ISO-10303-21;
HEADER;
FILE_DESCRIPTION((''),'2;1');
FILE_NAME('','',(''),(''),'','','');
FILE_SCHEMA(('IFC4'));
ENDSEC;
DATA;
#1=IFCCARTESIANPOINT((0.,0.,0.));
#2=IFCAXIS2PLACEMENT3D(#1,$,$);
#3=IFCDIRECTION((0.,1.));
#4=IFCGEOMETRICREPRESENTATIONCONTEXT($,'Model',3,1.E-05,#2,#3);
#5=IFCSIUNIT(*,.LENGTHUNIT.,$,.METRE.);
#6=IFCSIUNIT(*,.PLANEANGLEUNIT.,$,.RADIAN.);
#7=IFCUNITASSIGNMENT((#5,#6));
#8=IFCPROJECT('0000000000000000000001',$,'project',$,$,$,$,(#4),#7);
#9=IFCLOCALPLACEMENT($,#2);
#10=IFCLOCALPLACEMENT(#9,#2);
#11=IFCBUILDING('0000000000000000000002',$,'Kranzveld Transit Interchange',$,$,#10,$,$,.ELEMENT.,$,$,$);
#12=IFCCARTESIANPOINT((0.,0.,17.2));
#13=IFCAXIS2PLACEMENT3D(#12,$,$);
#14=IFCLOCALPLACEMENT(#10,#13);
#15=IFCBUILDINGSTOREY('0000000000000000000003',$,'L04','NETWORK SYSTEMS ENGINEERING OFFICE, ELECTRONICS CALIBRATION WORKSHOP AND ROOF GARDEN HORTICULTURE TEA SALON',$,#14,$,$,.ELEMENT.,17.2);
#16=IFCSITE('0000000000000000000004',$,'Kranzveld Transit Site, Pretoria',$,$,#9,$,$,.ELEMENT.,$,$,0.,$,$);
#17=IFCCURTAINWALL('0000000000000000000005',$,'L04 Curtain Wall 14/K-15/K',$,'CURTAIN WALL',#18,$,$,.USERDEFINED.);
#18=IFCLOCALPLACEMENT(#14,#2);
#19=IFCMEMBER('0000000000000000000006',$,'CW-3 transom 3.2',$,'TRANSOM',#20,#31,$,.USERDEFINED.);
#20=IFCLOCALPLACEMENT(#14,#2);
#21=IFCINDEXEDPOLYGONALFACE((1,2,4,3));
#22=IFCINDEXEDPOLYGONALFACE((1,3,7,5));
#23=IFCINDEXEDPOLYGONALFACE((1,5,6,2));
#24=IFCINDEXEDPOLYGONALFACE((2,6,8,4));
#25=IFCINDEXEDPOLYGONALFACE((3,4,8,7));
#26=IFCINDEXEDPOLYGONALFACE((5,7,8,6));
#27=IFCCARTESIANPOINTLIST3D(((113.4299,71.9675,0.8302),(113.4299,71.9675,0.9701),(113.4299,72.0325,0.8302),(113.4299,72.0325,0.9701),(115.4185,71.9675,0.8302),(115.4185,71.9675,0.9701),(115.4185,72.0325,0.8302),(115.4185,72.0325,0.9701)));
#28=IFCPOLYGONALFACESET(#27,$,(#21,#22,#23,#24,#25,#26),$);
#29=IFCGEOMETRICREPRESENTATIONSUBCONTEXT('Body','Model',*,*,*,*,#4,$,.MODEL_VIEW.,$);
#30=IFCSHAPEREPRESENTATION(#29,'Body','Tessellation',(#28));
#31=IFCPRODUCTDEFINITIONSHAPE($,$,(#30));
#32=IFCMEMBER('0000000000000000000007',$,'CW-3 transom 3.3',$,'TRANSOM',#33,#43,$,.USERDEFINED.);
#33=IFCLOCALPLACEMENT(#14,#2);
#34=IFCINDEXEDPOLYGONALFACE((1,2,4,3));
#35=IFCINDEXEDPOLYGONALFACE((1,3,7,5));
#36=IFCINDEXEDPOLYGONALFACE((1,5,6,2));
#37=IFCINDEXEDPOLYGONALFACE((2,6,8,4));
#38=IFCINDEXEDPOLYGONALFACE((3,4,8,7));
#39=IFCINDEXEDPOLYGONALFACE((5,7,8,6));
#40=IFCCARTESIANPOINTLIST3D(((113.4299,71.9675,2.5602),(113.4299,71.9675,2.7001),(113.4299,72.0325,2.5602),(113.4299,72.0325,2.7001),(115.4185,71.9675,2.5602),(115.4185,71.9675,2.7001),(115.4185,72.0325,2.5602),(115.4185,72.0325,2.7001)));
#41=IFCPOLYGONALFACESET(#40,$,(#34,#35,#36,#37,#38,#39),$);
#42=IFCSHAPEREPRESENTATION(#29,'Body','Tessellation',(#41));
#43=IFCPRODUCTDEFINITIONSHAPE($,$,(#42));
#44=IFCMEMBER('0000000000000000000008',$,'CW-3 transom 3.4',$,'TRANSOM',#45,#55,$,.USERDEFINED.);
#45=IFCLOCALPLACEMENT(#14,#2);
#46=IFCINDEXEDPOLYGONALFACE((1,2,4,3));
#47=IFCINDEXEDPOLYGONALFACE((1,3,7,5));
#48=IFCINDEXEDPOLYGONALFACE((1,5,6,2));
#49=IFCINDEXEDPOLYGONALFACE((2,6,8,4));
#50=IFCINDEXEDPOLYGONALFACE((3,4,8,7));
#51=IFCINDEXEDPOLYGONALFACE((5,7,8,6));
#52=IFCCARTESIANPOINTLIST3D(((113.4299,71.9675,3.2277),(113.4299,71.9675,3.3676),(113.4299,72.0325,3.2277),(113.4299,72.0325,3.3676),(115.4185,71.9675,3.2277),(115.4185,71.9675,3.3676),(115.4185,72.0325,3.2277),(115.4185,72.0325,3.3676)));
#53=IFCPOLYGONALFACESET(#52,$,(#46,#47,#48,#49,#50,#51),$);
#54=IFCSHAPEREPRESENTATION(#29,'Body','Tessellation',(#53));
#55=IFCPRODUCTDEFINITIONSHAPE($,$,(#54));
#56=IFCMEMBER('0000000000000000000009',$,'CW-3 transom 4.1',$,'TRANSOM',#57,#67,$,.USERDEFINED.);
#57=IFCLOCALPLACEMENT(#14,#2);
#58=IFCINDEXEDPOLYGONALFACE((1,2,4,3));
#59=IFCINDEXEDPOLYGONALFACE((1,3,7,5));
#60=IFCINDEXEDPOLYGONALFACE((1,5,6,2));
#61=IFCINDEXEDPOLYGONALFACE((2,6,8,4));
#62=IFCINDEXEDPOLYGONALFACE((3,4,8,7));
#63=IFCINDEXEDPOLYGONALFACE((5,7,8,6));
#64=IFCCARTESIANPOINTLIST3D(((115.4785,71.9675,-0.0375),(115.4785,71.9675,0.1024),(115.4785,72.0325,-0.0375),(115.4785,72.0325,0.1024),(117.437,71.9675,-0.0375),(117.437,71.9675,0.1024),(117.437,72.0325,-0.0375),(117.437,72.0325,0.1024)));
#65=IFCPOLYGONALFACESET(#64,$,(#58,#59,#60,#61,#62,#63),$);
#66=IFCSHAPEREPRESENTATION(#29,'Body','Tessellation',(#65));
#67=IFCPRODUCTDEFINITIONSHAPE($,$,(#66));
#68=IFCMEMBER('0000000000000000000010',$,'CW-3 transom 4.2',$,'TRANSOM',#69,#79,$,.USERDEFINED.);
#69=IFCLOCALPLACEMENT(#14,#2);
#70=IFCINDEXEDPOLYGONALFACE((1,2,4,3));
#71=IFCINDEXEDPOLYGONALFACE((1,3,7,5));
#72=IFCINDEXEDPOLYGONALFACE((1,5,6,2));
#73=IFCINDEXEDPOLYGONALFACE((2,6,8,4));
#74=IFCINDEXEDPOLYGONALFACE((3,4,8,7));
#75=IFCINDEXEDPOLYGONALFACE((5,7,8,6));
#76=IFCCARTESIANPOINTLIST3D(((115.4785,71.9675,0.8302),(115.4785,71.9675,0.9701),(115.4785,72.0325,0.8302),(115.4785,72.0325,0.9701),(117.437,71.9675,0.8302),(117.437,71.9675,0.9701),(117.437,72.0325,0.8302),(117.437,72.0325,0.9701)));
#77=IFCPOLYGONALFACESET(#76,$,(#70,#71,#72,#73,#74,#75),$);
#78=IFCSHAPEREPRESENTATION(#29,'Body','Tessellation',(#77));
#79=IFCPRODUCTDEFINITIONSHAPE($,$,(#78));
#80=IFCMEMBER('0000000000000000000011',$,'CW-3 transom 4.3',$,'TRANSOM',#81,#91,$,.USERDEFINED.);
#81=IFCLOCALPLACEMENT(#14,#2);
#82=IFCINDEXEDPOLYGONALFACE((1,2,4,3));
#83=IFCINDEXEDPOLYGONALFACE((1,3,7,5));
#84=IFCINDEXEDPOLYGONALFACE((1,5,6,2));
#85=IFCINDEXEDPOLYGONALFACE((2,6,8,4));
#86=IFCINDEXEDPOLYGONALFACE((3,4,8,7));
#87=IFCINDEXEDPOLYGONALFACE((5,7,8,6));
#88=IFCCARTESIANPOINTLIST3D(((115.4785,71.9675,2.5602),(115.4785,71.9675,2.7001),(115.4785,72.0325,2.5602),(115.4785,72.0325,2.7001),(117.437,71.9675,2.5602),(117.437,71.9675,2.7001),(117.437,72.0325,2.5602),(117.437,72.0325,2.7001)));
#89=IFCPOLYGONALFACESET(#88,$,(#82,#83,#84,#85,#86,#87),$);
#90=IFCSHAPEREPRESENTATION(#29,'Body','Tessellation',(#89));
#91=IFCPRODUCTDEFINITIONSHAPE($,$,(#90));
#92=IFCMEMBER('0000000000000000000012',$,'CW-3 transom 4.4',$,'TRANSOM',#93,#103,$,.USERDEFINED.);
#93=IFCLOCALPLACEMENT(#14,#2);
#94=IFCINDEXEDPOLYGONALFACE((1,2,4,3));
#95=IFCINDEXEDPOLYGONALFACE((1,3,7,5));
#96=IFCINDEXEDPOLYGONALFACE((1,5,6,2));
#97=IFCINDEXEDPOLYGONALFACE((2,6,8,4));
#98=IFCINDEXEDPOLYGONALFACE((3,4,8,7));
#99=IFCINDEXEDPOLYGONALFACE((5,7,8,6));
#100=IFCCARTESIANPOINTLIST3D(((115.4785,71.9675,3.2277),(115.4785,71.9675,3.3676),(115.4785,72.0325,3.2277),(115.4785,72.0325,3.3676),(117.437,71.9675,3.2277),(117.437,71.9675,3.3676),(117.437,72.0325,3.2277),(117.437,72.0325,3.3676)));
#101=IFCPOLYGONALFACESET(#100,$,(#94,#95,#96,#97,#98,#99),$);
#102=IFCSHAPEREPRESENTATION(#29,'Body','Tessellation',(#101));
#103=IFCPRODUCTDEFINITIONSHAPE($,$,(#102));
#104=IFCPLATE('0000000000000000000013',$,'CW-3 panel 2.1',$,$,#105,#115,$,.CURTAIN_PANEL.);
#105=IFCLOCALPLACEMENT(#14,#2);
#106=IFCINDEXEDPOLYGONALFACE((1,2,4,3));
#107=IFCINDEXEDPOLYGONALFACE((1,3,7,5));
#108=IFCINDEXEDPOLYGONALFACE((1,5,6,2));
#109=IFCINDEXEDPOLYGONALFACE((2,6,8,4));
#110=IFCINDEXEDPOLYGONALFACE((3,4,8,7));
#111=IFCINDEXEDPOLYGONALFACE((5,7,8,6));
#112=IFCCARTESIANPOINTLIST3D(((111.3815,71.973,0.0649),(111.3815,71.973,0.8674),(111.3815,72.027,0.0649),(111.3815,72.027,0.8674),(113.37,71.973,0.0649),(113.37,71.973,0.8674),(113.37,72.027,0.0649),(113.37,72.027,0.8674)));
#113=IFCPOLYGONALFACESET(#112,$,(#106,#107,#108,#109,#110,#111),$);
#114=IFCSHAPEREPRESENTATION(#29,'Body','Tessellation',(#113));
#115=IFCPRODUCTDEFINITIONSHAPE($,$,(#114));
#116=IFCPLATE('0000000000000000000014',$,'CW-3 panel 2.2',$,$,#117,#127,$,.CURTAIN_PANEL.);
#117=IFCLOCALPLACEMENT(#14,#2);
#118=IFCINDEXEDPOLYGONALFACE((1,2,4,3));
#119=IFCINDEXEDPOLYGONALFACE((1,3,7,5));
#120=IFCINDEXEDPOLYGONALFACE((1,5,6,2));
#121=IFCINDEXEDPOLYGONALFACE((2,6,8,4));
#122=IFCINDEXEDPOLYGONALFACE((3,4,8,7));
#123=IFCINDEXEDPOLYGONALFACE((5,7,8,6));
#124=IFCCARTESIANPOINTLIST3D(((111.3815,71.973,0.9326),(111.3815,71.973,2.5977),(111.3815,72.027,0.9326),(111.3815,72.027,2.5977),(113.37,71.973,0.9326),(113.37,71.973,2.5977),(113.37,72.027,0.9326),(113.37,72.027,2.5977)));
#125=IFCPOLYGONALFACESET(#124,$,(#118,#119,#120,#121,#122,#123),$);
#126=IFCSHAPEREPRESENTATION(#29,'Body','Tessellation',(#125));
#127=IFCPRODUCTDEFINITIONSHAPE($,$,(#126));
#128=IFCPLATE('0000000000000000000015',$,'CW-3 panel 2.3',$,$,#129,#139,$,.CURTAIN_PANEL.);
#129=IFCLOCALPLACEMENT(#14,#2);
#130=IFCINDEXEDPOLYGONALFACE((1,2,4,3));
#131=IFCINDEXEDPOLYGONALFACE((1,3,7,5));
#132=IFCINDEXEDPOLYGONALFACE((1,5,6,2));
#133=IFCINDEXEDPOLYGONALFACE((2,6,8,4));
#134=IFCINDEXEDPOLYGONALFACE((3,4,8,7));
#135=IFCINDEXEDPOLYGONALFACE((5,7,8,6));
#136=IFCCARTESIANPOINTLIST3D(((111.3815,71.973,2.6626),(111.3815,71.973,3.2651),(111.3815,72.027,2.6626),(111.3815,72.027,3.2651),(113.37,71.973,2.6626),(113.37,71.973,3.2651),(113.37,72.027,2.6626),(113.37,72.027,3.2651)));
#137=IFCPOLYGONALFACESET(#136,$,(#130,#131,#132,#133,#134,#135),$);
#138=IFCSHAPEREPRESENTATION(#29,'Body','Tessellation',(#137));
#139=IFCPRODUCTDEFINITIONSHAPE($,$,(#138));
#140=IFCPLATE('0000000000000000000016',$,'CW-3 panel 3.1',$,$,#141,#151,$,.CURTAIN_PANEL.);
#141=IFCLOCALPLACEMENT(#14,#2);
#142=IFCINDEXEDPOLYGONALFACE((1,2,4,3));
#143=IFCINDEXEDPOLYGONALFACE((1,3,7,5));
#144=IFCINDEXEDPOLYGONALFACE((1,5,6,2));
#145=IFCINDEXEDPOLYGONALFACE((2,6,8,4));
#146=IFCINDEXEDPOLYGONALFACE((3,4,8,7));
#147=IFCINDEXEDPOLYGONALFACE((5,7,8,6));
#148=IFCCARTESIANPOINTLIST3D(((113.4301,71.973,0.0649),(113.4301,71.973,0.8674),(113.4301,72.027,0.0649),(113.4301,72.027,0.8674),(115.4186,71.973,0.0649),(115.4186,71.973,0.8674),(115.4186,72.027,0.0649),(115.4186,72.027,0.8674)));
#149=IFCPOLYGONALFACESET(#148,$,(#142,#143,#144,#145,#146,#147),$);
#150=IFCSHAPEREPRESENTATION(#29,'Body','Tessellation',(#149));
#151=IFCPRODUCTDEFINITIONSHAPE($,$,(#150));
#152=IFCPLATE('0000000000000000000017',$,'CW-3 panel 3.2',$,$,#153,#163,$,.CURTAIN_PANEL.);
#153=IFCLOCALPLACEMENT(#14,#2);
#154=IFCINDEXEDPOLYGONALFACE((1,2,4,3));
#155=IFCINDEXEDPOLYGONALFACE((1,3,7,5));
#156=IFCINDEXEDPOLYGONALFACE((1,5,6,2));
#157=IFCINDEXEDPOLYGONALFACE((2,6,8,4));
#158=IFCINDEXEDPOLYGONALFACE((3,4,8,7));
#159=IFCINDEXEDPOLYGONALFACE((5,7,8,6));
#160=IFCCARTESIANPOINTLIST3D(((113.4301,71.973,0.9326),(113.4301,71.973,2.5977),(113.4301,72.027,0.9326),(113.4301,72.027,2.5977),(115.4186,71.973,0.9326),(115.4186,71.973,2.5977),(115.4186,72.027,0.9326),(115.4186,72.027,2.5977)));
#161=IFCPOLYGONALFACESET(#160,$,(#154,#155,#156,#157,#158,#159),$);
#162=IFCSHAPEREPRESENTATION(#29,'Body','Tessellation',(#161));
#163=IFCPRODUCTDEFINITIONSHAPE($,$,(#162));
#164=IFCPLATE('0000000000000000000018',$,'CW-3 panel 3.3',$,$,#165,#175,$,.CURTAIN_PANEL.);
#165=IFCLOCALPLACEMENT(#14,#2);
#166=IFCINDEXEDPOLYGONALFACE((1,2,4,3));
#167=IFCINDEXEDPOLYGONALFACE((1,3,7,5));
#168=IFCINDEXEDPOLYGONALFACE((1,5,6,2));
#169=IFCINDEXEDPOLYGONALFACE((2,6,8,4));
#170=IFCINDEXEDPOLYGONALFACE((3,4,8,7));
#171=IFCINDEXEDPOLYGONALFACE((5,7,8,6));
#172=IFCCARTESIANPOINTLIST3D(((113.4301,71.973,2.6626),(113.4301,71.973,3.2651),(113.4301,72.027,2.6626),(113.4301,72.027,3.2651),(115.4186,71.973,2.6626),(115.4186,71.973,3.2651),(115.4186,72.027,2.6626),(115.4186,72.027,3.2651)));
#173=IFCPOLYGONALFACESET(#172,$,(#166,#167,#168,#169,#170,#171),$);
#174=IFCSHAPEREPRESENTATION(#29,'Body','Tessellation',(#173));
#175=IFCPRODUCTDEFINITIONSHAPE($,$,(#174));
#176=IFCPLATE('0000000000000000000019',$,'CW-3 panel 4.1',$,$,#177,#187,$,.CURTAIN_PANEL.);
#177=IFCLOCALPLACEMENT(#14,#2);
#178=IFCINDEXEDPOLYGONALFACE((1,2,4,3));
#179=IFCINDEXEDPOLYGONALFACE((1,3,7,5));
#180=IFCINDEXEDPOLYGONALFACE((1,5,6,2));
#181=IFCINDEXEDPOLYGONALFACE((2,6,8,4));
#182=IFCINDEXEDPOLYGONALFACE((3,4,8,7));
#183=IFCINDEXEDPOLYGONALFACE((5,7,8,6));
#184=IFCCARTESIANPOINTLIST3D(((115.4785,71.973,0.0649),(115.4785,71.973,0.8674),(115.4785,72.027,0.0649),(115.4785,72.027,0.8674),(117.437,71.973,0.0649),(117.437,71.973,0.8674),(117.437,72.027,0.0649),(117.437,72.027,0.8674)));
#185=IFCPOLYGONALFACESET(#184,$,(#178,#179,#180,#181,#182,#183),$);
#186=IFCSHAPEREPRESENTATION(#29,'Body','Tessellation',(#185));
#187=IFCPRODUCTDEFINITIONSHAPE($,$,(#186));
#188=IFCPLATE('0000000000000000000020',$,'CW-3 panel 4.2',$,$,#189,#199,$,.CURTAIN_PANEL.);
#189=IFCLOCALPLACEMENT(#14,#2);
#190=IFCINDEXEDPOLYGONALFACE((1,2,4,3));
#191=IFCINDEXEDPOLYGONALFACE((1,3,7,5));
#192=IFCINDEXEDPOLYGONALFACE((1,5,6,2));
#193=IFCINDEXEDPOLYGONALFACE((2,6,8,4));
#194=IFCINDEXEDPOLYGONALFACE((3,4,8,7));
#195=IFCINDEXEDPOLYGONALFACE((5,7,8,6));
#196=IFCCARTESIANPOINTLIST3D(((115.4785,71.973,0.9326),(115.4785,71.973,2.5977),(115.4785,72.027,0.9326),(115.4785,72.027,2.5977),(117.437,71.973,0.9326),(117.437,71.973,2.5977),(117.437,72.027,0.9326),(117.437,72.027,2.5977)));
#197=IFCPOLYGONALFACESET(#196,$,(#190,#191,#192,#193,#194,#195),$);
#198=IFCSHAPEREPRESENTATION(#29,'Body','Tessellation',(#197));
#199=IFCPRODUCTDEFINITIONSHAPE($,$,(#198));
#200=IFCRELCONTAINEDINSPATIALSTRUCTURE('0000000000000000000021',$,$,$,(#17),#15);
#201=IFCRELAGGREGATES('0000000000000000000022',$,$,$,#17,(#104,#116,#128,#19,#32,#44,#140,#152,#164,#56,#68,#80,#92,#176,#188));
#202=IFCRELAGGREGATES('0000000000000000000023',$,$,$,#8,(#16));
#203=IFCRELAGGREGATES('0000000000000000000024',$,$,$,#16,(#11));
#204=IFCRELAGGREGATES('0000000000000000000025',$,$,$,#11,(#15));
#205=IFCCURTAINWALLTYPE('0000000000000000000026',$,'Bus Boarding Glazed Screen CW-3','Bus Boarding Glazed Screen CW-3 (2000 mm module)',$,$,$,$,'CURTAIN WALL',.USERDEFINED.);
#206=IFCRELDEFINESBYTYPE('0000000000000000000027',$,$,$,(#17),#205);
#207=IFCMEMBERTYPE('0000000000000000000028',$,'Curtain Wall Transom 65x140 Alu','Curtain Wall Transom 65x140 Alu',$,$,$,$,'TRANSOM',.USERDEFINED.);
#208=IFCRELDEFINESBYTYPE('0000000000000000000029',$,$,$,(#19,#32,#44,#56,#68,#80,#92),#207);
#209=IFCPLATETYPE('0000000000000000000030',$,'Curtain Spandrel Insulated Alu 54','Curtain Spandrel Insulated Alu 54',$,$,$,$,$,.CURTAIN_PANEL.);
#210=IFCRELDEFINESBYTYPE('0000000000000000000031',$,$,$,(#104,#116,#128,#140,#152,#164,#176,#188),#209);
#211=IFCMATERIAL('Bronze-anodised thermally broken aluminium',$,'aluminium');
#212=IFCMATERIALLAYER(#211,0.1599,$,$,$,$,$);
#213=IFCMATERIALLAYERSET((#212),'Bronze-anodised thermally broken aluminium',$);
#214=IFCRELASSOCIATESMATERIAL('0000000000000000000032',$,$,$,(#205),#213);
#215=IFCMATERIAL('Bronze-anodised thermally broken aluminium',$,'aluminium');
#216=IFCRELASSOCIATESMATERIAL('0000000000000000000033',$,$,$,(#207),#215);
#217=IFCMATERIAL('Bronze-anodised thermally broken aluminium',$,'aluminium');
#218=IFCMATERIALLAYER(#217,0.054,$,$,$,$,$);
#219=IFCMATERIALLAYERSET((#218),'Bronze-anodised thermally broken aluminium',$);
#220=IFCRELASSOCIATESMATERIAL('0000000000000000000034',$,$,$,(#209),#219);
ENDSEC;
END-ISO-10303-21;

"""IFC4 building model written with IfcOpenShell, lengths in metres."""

from ifc_helpers import new_model, si_unit, direction, frame, origin, origin_2d, place, context, subcontext, project, spatial, rectangle, extrude, material, layer, layer_set, material_profile, profile_set, type_object, element, aggregate, save


model = new_model("IFC4")

# Units and contexts
model_context = context("Model", 3, precision=1e-05, world=origin(), true_north=direction((0.0, 1.0)))
body_context = subcontext(model_context, "Body", "Model", "MODEL_VIEW")
ifc_project = project(units=[si_unit("LENGTHUNIT", "METRE"), si_unit("PLANEANGLEUNIT", "RADIAN")], contexts=[model_context])

# Site, building, storey
site_placement = place(None, origin())
site = spatial("IfcSite", under=ifc_project, at=site_placement, Name="Kranzveld Transit Site, Pretoria", CompositionType="ELEMENT", RefElevation=0.0)
building_placement = place(site_placement, origin())
building = spatial("IfcBuilding", under=site, at=building_placement, Name="Kranzveld Transit Interchange", CompositionType="ELEMENT")
storey_placement = place(building_placement, frame((0.0, 0.0, 17.2)))
storey = spatial("IfcBuildingStorey", under=building, at=storey_placement, Name="L04", Description="NETWORK SYSTEMS ENGINEERING OFFICE, ELECTRONICS CALIBRATION WORKSHOP AND ROOF GARDEN HORTICULTURE TEA SALON", CompositionType="ELEMENT", Elevation=17.2)

# Curtain wall, members, plates
ifc_material_1 = material(Name="Bronze-anodised thermally broken aluminium", Category="aluminium")
ifc_layer_1 = layer(ifc_material_1, 0.1599)
ifc_layer_set_1 = layer_set([ifc_layer_1], Name="Bronze-anodised thermally broken aluminium")
curtain_wall_type = type_object("IfcCurtainWallType", Name="Bus Boarding Glazed Screen CW-3", Description="Bus Boarding Glazed Screen CW-3 (2000 mm module)", ElementType="CURTAIN WALL", PredefinedType="USERDEFINED", material=ifc_layer_set_1)
curtain_wall_placement = place(storey_placement, origin())
curtain_wall = element("IfcCurtainWall", 1, at=curtain_wall_placement, inside=storey, type_object=curtain_wall_type, Name="L04 Curtain Wall 14/K-15/K", ObjectType="CURTAIN WALL", PredefinedType="USERDEFINED")
ifc_material_2 = material(Name="Bronze-anodised thermally broken aluminium", Category="aluminium")
ifc_material_profile_1 = material_profile(ifc_material_2, rectangle(XDim=0.0649, YDim=0.1399, at=origin_2d()), Name="ALU TRANSOM 65x140")
ifc_profile_set_1 = profile_set([ifc_material_profile_1], Name="Bronze-anodised thermally broken aluminium")
member_type_1 = type_object("IfcMemberType", Name="Curtain Wall Transom 65x140 Alu", Description="Curtain Wall Transom 65x140 Alu", ElementType="TRANSOM", PredefinedType="USERDEFINED", material=ifc_profile_set_1)
member_1_placement = place(storey_placement, frame((113.4299, 72.0, 0.9001), z_axis=(1.0, 0.0, 0.0), x_axis=(0.0, 1.0, 0.0)))
member_1 = element("IfcMember", 2, at=member_1_placement, type_object=member_type_1, Name="CW-3 transom 3.2", ObjectType="TRANSOM", PredefinedType="USERDEFINED", context=body_context, shape_type="SweptSolid", body=[
    extrude(rectangle(XDim=0.0649, YDim=0.1399, at=origin_2d()), origin(), (0.0, 0.0, 1.0), 1.9885),
])
member_2_placement = place(storey_placement, frame((113.4299, 72.0, 2.6301), z_axis=(1.0, 0.0, 0.0), x_axis=(0.0, 1.0, 0.0)))
member_2 = element("IfcMember", 3, at=member_2_placement, type_object=member_type_1, Name="CW-3 transom 3.3", ObjectType="TRANSOM", PredefinedType="USERDEFINED", context=body_context, shape_type="SweptSolid", body=[
    extrude(rectangle(XDim=0.0649, YDim=0.1399, at=origin_2d()), origin(), (0.0, 0.0, 1.0), 1.9885),
])
member_3_placement = place(storey_placement, frame((113.4299, 72.0, 3.2976), z_axis=(1.0, 0.0, 0.0), x_axis=(0.0, 1.0, 0.0)))
member_3 = element("IfcMember", 4, at=member_3_placement, type_object=member_type_1, Name="CW-3 transom 3.4", ObjectType="TRANSOM", PredefinedType="USERDEFINED", context=body_context, shape_type="SweptSolid", body=[
    extrude(rectangle(XDim=0.0649, YDim=0.1399, at=origin_2d()), origin(), (0.0, 0.0, 1.0), 1.9885),
])
member_4_placement = place(storey_placement, frame((115.4785, 72.0, 0.0325), z_axis=(1.0, 0.0, 0.0), x_axis=(0.0, 1.0, 0.0)))
member_4 = element("IfcMember", 5, at=member_4_placement, type_object=member_type_1, Name="CW-3 transom 4.1", ObjectType="TRANSOM", PredefinedType="USERDEFINED", context=body_context, shape_type="SweptSolid", body=[
    extrude(rectangle(XDim=0.0649, YDim=0.1399, at=origin_2d()), origin(), (0.0, 0.0, 1.0), 1.9585),
])
member_5_placement = place(storey_placement, frame((115.4785, 72.0, 0.9001), z_axis=(1.0, 0.0, 0.0), x_axis=(0.0, 1.0, 0.0)))
member_5 = element("IfcMember", 6, at=member_5_placement, type_object=member_type_1, Name="CW-3 transom 4.2", ObjectType="TRANSOM", PredefinedType="USERDEFINED", context=body_context, shape_type="SweptSolid", body=[
    extrude(rectangle(XDim=0.0649, YDim=0.1399, at=origin_2d()), origin(), (0.0, 0.0, 1.0), 1.9585),
])
member_6_placement = place(storey_placement, frame((115.4785, 72.0, 2.6301), z_axis=(1.0, 0.0, 0.0), x_axis=(0.0, 1.0, 0.0)))
member_6 = element("IfcMember", 7, at=member_6_placement, type_object=member_type_1, Name="CW-3 transom 4.3", ObjectType="TRANSOM", PredefinedType="USERDEFINED", context=body_context, shape_type="SweptSolid", body=[
    extrude(rectangle(XDim=0.0649, YDim=0.1399, at=origin_2d()), origin(), (0.0, 0.0, 1.0), 1.9585),
])
member_7_placement = place(storey_placement, frame((115.4785, 72.0, 3.2976), z_axis=(1.0, 0.0, 0.0), x_axis=(0.0, 1.0, 0.0)))
member_7 = element("IfcMember", 8, at=member_7_placement, type_object=member_type_1, Name="CW-3 transom 4.4", ObjectType="TRANSOM", PredefinedType="USERDEFINED", context=body_context, shape_type="SweptSolid", body=[
    extrude(rectangle(XDim=0.0649, YDim=0.1399, at=origin_2d()), origin(), (0.0, 0.0, 1.0), 1.9585),
])
ifc_material_3 = material(Name="Bronze-anodised thermally broken aluminium", Category="aluminium")
ifc_layer_2 = layer(ifc_material_3, 0.054)
ifc_layer_set_2 = layer_set([ifc_layer_2], Name="Bronze-anodised thermally broken aluminium")
plate_type = type_object("IfcPlateType", Name="Curtain Spandrel Insulated Alu 54", Description="Curtain Spandrel Insulated Alu 54", PredefinedType="CURTAIN_PANEL", material=ifc_layer_set_2)
plate_1_placement = place(storey_placement, frame((112.3757, 72.0, 0.0649), z_axis=(0.0, 0.0, 1.0), x_axis=(1.0, 0.0, 0.0)))
plate_1 = element("IfcPlate", 9, at=plate_1_placement, type_object=plate_type, Name="CW-3 panel 2.1", PredefinedType="CURTAIN_PANEL", context=body_context, shape_type="SweptSolid", body=[
    extrude(rectangle(XDim=1.9885, YDim=0.054, at=origin_2d()), origin(), (0.0, 0.0, 1.0), 0.8025),
])
plate_2_placement = place(storey_placement, frame((112.3757, 72.0, 0.9326), z_axis=(0.0, 0.0, 1.0), x_axis=(1.0, 0.0, 0.0)))
plate_2 = element("IfcPlate", 10, at=plate_2_placement, type_object=plate_type, Name="CW-3 panel 2.2", PredefinedType="CURTAIN_PANEL", context=body_context, shape_type="SweptSolid", body=[
    extrude(rectangle(XDim=1.9885, YDim=0.054, at=origin_2d()), origin(), (0.0, 0.0, 1.0), 1.665),
])
plate_3_placement = place(storey_placement, frame((112.3757, 72.0, 2.6626), z_axis=(0.0, 0.0, 1.0), x_axis=(1.0, 0.0, 0.0)))
plate_3 = element("IfcPlate", 11, at=plate_3_placement, type_object=plate_type, Name="CW-3 panel 2.3", PredefinedType="CURTAIN_PANEL", context=body_context, shape_type="SweptSolid", body=[
    extrude(rectangle(XDim=1.9885, YDim=0.054, at=origin_2d()), origin(), (0.0, 0.0, 1.0), 0.6025),
])
plate_4_placement = place(storey_placement, frame((114.4243, 72.0, 0.0649), z_axis=(0.0, 0.0, 1.0), x_axis=(1.0, 0.0, 0.0)))
plate_4 = element("IfcPlate", 12, at=plate_4_placement, type_object=plate_type, Name="CW-3 panel 3.1", PredefinedType="CURTAIN_PANEL", context=body_context, shape_type="SweptSolid", body=[
    extrude(rectangle(XDim=1.9885, YDim=0.054, at=origin_2d()), origin(), (0.0, 0.0, 1.0), 0.8025),
])
plate_5_placement = place(storey_placement, frame((114.4243, 72.0, 0.9326), z_axis=(0.0, 0.0, 1.0), x_axis=(1.0, 0.0, 0.0)))
plate_5 = element("IfcPlate", 13, at=plate_5_placement, type_object=plate_type, Name="CW-3 panel 3.2", PredefinedType="CURTAIN_PANEL", context=body_context, shape_type="SweptSolid", body=[
    extrude(rectangle(XDim=1.9885, YDim=0.054, at=origin_2d()), origin(), (0.0, 0.0, 1.0), 1.665),
])
plate_6_placement = place(storey_placement, frame((114.4243, 72.0, 2.6626), z_axis=(0.0, 0.0, 1.0), x_axis=(1.0, 0.0, 0.0)))
plate_6 = element("IfcPlate", 14, at=plate_6_placement, type_object=plate_type, Name="CW-3 panel 3.3", PredefinedType="CURTAIN_PANEL", context=body_context, shape_type="SweptSolid", body=[
    extrude(rectangle(XDim=1.9885, YDim=0.054, at=origin_2d()), origin(), (0.0, 0.0, 1.0), 0.6025),
])
plate_7_placement = place(storey_placement, frame((116.4578, 72.0, 0.0649), z_axis=(0.0, 0.0, 1.0), x_axis=(1.0, 0.0, 0.0)))
plate_7 = element("IfcPlate", 15, at=plate_7_placement, type_object=plate_type, Name="CW-3 panel 4.1", PredefinedType="CURTAIN_PANEL", context=body_context, shape_type="SweptSolid", body=[
    extrude(rectangle(XDim=1.9585, YDim=0.054, at=origin_2d()), origin(), (0.0, 0.0, 1.0), 0.8025),
])
plate_8_placement = place(storey_placement, frame((116.4578, 72.0, 0.9326), z_axis=(0.0, 0.0, 1.0), x_axis=(1.0, 0.0, 0.0)))
plate_8 = element("IfcPlate", 16, at=plate_8_placement, type_object=plate_type, Name="CW-3 panel 4.2", PredefinedType="CURTAIN_PANEL", context=body_context, shape_type="SweptSolid", body=[
    extrude(rectangle(XDim=1.9585, YDim=0.054, at=origin_2d()), origin(), (0.0, 0.0, 1.0), 1.665),
])
aggregate(curtain_wall, [plate_1, plate_2, plate_3, member_1, member_2, member_3, plate_4, plate_5, plate_6, member_4, member_5, member_6, member_7, plate_7, plate_8])

save(model, "model.ifc")
